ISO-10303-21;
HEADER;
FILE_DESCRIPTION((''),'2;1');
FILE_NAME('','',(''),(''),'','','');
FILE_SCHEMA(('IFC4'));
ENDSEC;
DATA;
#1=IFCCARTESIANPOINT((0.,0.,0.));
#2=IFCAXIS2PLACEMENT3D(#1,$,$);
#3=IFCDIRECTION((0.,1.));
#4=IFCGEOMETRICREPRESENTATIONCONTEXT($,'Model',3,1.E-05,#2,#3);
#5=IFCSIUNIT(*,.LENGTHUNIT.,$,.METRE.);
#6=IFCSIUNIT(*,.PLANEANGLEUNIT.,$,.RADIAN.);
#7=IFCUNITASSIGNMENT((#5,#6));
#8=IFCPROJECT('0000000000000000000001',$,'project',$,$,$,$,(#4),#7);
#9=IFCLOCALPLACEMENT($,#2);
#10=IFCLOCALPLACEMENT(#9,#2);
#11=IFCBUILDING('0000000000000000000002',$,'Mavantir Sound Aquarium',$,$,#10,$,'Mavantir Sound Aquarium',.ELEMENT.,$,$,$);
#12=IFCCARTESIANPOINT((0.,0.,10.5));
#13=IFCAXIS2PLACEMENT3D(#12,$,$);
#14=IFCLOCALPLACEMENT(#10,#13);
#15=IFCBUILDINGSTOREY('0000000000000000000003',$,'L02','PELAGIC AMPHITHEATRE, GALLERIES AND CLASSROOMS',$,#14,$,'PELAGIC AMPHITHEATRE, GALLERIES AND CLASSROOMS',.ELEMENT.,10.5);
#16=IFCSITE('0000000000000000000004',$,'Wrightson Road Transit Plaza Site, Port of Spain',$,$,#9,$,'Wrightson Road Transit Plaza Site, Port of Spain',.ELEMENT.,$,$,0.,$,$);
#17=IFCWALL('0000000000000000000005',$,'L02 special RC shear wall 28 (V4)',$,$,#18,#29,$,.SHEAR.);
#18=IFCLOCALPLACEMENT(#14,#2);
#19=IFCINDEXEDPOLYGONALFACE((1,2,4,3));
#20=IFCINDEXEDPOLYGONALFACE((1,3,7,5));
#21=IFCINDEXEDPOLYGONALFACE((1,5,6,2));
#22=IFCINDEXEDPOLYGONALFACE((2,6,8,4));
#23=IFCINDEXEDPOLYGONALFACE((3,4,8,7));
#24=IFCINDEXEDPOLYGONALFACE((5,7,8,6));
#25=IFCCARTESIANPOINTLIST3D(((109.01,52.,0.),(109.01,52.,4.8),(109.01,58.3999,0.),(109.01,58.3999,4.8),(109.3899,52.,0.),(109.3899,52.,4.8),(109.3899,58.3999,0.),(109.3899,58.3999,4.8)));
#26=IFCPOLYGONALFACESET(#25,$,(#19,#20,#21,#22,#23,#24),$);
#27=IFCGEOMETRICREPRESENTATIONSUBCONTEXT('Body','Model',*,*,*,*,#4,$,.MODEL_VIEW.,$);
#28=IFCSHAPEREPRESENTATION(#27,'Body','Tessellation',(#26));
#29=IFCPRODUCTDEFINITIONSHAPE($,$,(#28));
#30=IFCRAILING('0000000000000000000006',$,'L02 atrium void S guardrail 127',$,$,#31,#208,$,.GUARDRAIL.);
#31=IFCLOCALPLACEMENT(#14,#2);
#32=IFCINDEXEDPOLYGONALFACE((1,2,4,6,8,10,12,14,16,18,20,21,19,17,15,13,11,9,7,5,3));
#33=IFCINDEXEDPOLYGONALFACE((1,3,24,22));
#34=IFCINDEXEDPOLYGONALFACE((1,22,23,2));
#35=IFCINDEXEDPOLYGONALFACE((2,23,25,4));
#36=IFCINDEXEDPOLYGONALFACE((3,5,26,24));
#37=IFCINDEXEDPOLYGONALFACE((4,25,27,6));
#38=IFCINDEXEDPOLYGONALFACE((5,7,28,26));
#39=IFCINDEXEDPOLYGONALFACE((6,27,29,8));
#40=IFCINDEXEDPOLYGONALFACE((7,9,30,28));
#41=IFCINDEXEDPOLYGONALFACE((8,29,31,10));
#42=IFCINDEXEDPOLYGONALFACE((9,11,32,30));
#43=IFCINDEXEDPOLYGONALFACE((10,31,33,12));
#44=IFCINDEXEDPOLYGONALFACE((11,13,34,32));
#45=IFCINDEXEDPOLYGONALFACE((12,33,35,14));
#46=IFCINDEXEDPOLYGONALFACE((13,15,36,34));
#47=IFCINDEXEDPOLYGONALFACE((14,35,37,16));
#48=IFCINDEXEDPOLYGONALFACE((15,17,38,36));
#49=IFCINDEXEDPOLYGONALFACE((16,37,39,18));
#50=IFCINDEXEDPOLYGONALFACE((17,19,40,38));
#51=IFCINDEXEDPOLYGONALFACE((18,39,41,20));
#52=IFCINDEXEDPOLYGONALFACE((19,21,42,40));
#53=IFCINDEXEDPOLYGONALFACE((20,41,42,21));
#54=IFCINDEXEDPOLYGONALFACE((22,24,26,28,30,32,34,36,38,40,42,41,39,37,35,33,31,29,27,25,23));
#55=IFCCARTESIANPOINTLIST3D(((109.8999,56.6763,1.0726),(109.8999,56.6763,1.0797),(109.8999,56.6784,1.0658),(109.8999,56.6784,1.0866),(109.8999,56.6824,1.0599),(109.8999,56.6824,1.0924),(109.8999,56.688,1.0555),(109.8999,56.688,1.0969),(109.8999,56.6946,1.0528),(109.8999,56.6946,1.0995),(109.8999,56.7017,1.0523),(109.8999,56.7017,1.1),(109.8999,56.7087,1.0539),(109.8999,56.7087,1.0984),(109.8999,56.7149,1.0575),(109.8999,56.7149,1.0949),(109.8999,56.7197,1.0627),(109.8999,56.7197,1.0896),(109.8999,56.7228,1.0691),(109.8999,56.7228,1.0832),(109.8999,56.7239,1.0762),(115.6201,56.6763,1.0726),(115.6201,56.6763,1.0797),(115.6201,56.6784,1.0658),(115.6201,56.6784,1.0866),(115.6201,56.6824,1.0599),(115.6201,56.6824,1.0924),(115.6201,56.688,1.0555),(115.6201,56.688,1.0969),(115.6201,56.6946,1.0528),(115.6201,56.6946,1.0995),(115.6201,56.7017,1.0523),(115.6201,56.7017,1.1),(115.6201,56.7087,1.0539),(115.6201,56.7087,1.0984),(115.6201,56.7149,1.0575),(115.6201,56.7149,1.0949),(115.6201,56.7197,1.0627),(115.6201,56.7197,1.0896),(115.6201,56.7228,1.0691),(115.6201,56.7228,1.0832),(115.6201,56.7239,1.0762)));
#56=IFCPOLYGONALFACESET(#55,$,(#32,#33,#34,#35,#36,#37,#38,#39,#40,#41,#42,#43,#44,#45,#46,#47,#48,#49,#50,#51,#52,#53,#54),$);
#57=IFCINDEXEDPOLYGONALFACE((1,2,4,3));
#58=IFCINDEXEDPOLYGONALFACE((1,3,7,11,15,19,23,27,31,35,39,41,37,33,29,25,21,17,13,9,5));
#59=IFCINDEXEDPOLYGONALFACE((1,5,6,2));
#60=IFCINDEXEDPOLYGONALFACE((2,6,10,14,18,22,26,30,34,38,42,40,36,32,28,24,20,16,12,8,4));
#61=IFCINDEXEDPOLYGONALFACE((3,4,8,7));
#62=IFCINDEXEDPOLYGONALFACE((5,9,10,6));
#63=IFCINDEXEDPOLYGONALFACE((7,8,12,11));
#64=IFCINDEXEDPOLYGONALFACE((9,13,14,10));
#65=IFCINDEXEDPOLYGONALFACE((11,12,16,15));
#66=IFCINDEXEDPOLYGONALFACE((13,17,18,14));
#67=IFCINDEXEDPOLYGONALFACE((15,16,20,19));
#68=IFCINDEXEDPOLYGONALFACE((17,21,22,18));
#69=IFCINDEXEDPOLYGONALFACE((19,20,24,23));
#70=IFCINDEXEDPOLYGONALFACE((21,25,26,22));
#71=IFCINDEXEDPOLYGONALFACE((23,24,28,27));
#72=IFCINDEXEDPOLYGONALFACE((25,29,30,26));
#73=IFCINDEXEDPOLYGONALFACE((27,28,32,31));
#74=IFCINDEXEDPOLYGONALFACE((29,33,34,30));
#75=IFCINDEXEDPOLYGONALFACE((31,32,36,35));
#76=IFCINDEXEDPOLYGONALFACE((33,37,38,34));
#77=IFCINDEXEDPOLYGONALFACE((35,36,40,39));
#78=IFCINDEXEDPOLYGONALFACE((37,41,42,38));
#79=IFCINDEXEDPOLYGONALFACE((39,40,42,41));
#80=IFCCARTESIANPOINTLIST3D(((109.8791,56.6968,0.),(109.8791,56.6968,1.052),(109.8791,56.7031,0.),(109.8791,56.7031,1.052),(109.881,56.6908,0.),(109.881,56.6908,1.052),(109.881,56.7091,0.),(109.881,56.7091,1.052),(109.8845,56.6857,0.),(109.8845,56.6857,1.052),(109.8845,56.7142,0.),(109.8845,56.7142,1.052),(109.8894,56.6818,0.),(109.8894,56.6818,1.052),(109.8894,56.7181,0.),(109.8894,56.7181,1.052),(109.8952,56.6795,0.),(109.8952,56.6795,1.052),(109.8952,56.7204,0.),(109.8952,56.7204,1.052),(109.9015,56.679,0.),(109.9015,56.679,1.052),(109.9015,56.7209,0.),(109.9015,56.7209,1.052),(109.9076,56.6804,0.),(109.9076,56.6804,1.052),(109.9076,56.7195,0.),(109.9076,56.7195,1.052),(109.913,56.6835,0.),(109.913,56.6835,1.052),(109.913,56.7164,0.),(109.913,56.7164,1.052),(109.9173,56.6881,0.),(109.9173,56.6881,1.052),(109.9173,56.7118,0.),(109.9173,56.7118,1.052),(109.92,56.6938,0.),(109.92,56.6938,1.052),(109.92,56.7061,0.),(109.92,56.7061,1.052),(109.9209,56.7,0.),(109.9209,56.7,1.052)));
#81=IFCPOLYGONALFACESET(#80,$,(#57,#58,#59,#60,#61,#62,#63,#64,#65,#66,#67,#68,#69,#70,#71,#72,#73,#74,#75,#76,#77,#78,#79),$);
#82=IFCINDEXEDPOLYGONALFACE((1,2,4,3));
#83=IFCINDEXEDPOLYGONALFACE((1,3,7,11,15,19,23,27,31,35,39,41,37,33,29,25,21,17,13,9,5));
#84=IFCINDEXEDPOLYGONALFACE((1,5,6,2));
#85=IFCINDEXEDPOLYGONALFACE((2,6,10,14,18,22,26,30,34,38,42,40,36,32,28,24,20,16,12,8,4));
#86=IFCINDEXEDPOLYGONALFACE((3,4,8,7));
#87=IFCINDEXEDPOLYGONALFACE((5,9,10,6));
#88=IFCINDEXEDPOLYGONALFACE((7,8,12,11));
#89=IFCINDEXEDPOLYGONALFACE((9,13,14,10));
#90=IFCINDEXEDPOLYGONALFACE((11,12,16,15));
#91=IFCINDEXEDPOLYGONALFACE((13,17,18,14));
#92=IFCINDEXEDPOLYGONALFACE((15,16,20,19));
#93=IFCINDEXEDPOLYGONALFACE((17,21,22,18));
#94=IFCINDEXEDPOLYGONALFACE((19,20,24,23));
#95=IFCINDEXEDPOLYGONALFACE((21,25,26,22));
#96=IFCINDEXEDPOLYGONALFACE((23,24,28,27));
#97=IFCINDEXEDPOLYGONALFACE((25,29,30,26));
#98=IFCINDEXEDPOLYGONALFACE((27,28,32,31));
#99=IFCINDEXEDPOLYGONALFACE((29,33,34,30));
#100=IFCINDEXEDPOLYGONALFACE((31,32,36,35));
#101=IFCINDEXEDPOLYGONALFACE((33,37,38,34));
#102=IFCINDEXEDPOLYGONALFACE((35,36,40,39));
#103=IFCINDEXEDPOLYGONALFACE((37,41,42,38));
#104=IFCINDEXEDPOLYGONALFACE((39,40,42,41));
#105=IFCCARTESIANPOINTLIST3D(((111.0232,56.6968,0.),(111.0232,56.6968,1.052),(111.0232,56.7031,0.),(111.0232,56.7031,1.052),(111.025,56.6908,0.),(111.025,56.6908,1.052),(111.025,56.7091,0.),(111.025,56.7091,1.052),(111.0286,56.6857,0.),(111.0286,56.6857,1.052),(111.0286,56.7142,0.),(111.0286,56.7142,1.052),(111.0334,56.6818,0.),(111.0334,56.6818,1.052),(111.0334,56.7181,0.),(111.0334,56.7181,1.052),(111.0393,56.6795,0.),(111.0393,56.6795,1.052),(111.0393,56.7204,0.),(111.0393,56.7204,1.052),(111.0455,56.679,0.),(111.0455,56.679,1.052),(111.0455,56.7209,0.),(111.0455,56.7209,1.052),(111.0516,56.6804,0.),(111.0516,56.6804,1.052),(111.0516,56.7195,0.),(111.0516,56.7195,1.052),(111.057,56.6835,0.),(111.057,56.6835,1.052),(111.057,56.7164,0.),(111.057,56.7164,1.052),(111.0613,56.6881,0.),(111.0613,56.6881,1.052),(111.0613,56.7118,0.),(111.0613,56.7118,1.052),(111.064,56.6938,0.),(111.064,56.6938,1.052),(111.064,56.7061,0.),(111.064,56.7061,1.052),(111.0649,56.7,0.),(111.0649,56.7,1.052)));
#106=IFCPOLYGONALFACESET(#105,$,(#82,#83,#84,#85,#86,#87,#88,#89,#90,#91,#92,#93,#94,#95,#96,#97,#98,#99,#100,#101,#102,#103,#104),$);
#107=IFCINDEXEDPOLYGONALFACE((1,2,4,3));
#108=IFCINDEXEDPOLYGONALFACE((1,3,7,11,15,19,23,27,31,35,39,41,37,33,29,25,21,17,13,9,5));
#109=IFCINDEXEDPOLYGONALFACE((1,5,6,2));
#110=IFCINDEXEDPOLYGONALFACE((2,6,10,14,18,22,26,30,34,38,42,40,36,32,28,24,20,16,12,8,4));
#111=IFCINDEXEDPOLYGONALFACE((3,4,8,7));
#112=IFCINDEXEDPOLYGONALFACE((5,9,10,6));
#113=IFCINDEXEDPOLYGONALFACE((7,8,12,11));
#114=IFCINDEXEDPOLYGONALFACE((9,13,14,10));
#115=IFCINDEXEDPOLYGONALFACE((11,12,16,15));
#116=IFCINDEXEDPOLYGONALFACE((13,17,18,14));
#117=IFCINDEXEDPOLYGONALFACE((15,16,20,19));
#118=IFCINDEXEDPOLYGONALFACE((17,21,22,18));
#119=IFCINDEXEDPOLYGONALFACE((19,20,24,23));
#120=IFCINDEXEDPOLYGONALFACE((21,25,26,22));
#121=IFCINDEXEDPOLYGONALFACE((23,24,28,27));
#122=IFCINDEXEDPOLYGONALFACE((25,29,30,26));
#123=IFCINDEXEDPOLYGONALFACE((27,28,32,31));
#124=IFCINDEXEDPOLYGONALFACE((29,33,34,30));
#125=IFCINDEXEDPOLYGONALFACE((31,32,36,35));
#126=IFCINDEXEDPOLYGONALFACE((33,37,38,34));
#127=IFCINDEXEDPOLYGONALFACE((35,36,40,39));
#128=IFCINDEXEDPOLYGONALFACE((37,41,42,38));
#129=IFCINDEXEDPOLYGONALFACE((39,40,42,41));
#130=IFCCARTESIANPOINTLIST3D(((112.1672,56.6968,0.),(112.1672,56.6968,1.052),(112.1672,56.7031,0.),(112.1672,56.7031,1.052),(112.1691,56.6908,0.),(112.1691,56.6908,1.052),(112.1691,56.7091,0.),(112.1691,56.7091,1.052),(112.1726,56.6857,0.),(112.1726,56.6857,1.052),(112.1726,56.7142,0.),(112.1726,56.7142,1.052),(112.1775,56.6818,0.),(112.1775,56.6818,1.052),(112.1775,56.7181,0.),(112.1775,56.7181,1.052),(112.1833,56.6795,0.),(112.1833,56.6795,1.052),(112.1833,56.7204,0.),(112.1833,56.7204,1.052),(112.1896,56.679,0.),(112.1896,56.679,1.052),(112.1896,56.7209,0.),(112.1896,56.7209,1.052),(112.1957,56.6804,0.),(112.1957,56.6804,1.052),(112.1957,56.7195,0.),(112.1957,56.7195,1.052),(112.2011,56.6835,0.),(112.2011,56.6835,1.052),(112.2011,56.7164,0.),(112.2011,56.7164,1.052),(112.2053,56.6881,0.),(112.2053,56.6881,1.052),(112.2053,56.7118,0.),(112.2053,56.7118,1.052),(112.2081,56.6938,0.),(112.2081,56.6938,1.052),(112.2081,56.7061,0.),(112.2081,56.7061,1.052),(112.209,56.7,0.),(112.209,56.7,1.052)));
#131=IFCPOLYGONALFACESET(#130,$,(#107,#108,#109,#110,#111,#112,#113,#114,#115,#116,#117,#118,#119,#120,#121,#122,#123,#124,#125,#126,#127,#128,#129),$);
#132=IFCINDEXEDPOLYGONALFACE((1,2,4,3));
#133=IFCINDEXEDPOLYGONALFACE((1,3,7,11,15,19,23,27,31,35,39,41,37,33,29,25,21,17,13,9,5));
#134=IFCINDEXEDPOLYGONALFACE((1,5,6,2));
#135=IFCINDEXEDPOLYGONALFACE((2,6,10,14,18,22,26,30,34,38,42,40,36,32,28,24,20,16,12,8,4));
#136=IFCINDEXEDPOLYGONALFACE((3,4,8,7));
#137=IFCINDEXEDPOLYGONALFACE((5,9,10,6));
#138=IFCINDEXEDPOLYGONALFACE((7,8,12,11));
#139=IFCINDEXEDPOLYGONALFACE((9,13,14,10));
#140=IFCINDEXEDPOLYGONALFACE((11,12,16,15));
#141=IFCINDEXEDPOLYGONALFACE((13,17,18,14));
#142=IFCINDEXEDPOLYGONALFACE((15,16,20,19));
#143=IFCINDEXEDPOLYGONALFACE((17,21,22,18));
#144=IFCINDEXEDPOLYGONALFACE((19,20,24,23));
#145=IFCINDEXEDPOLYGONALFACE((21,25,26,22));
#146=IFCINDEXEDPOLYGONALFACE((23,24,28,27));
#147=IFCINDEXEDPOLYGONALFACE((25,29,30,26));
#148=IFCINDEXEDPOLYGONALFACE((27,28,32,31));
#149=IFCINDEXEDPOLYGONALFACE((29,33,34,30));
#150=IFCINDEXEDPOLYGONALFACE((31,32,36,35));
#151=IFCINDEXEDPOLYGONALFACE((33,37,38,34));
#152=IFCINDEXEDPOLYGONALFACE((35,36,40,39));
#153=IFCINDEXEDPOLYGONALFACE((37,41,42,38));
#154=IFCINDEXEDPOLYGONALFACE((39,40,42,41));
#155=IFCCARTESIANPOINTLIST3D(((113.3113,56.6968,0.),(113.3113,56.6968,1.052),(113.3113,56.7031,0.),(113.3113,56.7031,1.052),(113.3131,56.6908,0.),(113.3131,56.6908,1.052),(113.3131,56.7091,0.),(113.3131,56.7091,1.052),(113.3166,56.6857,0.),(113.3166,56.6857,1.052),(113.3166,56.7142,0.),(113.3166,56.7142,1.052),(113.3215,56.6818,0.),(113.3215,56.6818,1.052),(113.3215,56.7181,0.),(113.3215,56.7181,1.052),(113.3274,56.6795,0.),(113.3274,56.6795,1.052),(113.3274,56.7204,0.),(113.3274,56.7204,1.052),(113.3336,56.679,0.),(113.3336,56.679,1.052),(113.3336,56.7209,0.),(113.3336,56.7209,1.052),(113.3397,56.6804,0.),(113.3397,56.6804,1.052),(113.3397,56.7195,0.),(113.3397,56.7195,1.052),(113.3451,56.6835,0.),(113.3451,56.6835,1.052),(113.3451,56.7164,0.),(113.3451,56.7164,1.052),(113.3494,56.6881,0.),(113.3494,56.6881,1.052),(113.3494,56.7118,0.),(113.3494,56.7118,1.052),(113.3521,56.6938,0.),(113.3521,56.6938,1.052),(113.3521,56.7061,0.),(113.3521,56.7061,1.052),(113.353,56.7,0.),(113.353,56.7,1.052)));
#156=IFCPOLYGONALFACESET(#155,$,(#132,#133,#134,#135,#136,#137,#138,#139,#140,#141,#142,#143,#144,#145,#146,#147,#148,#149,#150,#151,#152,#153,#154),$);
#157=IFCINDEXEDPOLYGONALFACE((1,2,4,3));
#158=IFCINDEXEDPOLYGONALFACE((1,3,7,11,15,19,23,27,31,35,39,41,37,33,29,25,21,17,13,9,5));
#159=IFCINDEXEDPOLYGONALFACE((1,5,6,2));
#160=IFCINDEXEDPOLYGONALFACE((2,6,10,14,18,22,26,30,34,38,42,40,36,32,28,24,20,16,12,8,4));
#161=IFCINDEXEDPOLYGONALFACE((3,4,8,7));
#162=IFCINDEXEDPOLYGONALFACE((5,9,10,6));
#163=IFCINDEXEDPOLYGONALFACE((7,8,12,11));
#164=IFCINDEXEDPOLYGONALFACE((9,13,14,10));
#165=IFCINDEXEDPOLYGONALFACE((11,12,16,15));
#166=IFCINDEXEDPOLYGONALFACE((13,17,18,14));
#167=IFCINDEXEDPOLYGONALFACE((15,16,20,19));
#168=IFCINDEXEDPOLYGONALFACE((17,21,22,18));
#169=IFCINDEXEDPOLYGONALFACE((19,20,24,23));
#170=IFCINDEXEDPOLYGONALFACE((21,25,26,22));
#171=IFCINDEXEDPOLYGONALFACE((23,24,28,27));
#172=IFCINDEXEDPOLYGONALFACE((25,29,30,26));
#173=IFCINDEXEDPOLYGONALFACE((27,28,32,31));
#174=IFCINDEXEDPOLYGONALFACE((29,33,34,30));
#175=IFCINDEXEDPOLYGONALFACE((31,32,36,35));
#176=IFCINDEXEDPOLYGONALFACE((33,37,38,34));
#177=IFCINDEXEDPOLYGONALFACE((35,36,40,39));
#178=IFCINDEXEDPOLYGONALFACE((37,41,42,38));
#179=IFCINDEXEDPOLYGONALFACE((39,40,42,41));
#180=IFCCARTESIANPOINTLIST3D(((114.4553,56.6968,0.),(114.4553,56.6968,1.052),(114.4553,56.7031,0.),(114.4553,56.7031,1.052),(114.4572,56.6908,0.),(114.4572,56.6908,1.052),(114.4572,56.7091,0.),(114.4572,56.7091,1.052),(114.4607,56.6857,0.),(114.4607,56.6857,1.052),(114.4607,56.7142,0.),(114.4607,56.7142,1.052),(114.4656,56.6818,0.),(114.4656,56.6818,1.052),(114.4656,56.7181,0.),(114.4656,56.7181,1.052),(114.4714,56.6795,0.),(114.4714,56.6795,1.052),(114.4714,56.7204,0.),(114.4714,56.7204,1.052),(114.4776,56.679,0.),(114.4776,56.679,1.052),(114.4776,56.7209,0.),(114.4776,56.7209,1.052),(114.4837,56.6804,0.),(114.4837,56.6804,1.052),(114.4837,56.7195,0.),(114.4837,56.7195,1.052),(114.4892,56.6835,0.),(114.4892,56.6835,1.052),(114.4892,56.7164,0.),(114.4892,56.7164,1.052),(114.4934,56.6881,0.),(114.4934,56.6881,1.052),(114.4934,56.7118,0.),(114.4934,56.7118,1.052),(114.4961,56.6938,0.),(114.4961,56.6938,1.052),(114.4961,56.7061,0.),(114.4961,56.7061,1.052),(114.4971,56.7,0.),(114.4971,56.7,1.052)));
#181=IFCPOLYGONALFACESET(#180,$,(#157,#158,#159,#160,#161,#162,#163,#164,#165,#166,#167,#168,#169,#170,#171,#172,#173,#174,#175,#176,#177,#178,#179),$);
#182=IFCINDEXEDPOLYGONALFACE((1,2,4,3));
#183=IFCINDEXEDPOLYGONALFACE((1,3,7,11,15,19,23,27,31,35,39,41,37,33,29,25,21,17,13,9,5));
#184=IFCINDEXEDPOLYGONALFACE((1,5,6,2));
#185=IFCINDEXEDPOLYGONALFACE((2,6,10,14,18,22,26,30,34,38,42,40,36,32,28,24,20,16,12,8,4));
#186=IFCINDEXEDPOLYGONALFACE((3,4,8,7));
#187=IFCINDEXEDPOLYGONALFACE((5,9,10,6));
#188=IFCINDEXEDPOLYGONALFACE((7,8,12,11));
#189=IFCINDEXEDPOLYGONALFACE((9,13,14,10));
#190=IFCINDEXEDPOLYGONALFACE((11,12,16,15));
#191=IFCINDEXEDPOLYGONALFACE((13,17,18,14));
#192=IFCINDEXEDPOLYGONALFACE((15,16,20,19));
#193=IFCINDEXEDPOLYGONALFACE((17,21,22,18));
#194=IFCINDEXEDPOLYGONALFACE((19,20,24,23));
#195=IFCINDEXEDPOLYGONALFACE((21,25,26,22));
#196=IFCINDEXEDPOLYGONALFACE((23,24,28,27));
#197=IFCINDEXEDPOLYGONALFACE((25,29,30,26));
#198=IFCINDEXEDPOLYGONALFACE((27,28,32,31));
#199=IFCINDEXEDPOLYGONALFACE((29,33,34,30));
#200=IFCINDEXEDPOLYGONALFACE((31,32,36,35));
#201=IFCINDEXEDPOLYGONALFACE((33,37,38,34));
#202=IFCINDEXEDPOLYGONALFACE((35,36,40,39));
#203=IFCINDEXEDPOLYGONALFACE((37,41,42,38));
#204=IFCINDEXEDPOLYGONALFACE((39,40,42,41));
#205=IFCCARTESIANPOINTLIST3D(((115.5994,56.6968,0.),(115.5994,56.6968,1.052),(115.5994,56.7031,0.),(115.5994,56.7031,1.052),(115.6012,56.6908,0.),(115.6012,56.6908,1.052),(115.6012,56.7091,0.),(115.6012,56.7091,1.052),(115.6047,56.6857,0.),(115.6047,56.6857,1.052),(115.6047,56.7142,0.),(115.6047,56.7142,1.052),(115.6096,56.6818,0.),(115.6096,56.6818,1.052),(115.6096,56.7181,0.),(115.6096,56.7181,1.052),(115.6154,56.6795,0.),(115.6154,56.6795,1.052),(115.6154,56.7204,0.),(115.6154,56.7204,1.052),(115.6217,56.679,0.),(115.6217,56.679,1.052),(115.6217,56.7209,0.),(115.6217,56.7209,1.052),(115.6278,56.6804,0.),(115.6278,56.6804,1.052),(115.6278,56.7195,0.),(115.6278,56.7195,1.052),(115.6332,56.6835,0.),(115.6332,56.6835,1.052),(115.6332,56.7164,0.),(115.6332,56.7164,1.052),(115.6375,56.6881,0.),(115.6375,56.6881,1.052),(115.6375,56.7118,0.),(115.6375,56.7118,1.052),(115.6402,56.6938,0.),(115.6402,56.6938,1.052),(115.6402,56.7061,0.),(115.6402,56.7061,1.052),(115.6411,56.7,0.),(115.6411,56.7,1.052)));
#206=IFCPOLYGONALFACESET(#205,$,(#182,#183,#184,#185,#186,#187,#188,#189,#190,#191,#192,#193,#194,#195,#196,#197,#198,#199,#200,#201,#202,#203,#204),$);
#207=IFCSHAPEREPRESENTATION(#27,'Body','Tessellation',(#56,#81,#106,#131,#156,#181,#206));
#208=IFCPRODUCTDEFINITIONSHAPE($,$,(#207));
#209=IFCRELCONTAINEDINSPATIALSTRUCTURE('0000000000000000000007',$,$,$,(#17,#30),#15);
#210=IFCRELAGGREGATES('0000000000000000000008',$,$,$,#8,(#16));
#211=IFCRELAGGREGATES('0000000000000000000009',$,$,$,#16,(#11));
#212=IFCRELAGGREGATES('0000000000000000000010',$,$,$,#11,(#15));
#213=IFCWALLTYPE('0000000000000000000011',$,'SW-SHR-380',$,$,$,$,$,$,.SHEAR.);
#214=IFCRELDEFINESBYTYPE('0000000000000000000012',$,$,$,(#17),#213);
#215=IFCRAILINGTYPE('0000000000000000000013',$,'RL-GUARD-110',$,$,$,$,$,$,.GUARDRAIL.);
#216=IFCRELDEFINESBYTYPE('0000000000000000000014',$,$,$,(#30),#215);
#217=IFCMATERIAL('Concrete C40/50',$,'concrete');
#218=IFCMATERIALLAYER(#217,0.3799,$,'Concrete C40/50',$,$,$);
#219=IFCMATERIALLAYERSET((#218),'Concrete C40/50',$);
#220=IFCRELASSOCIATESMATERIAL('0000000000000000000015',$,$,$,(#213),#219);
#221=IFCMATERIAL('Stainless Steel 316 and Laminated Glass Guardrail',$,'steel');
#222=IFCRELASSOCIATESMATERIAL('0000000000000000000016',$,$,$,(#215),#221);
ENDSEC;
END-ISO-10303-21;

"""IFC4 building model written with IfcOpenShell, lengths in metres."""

from ifc_helpers import new_model, si_unit, direction, frame, frame_2d, origin, origin_2d, place, context, subcontext, project, spatial, rectangle, circle, extrude, material, layer, layer_set, type_object, element, save


model = new_model("IFC4")

# Units and contexts
model_context = context("Model", 3, precision=1e-05, world=origin(), true_north=direction((0.0, 1.0)))
body_context = subcontext(model_context, "Body", "Model", "MODEL_VIEW")
ifc_project = project(units=[si_unit("LENGTHUNIT", "METRE"), si_unit("PLANEANGLEUNIT", "RADIAN")], contexts=[model_context])

# Site, building, storey
site_placement = place(None, origin())
site = spatial("IfcSite", under=ifc_project, at=site_placement, Name="Wrightson Road Transit Plaza Site, Port of Spain", LongName="Wrightson Road Transit Plaza Site, Port of Spain", CompositionType="ELEMENT", RefElevation=0.0)
building_placement = place(site_placement, origin())
building = spatial("IfcBuilding", under=site, at=building_placement, Name="Mavantir Sound Aquarium", LongName="Mavantir Sound Aquarium", CompositionType="ELEMENT")
storey_placement = place(building_placement, frame((0.0, 0.0, 10.5)))
storey = spatial("IfcBuildingStorey", under=building, at=storey_placement, Name="L02", Description="PELAGIC AMPHITHEATRE, GALLERIES AND CLASSROOMS", LongName="PELAGIC AMPHITHEATRE, GALLERIES AND CLASSROOMS", CompositionType="ELEMENT", Elevation=10.5)

# Shared definitions
ifc_material_1 = material(Name="Concrete C40/50", Category="concrete")

# Wall
ifc_layer = layer(ifc_material_1, 0.3799, Name="Concrete C40/50")
ifc_layer_set = layer_set([ifc_layer], Name="Concrete C40/50")
wall_type = type_object("IfcWallType", Name="SW-SHR-380", PredefinedType="SHEAR", material=ifc_layer_set)
wall_placement = place(storey_placement, frame((109.2, 52.0, 0.0), z_axis=(0.0, 0.0, 1.0), x_axis=(0.0, 1.0, 0.0)))
element("IfcWall", 1, at=wall_placement, inside=storey, type_object=wall_type, Name="L02 special RC shear wall 28 (V4)", PredefinedType="SHEAR", context=body_context, shape_type="SweptSolid", body=[
    extrude(rectangle(XDim=6.3999, YDim=0.3799, at=frame_2d((3.2, 0.0))), origin(), (0.0, 0.0, 1.0), 4.8),
])

# Railing
ifc_material_2 = material(Name="Stainless Steel 316 and Laminated Glass Guardrail", Category="steel")
railing_type = type_object("IfcRailingType", Name="RL-GUARD-110", PredefinedType="GUARDRAIL", material=ifc_material_2)
railing_1_placement = place(storey_placement, frame((109.8999, 56.7, 0.0)))
element("IfcRailing", 2, at=railing_1_placement, inside=storey, type_object=railing_type, Name="L02 atrium void S guardrail 127", PredefinedType="GUARDRAIL", context=body_context, shape_type="SweptSolid", body=[
    extrude(circle(Radius=0.0239, at=origin_2d()), frame((0.0, 0.0, 1.0762), z_axis=(1.0, 0.0, 0.0), x_axis=(0.0, 1.0, 0.0)), (0.0, 0.0, 1.0), 5.7202),
    extrude(circle(Radius=0.021, at=origin_2d()), origin(), (0.0, 0.0, 1.0), 1.052),
    extrude(circle(Radius=0.021, at=origin_2d()), frame((1.144, 0.0, 0.0)), (0.0, 0.0, 1.0), 1.052),
    extrude(circle(Radius=0.021, at=origin_2d()), frame((2.2881, 0.0, 0.0)), (0.0, 0.0, 1.0), 1.052),
    extrude(circle(Radius=0.021, at=origin_2d()), frame((3.4321, 0.0, 0.0)), (0.0, 0.0, 1.0), 1.052),
    extrude(circle(Radius=0.021, at=origin_2d()), frame((4.5762, 0.0, 0.0)), (0.0, 0.0, 1.0), 1.052),
    extrude(circle(Radius=0.021, at=origin_2d()), frame((5.7202, 0.0, 0.0)), (0.0, 0.0, 1.0), 1.052),
])

save(model, "model.ifc")
